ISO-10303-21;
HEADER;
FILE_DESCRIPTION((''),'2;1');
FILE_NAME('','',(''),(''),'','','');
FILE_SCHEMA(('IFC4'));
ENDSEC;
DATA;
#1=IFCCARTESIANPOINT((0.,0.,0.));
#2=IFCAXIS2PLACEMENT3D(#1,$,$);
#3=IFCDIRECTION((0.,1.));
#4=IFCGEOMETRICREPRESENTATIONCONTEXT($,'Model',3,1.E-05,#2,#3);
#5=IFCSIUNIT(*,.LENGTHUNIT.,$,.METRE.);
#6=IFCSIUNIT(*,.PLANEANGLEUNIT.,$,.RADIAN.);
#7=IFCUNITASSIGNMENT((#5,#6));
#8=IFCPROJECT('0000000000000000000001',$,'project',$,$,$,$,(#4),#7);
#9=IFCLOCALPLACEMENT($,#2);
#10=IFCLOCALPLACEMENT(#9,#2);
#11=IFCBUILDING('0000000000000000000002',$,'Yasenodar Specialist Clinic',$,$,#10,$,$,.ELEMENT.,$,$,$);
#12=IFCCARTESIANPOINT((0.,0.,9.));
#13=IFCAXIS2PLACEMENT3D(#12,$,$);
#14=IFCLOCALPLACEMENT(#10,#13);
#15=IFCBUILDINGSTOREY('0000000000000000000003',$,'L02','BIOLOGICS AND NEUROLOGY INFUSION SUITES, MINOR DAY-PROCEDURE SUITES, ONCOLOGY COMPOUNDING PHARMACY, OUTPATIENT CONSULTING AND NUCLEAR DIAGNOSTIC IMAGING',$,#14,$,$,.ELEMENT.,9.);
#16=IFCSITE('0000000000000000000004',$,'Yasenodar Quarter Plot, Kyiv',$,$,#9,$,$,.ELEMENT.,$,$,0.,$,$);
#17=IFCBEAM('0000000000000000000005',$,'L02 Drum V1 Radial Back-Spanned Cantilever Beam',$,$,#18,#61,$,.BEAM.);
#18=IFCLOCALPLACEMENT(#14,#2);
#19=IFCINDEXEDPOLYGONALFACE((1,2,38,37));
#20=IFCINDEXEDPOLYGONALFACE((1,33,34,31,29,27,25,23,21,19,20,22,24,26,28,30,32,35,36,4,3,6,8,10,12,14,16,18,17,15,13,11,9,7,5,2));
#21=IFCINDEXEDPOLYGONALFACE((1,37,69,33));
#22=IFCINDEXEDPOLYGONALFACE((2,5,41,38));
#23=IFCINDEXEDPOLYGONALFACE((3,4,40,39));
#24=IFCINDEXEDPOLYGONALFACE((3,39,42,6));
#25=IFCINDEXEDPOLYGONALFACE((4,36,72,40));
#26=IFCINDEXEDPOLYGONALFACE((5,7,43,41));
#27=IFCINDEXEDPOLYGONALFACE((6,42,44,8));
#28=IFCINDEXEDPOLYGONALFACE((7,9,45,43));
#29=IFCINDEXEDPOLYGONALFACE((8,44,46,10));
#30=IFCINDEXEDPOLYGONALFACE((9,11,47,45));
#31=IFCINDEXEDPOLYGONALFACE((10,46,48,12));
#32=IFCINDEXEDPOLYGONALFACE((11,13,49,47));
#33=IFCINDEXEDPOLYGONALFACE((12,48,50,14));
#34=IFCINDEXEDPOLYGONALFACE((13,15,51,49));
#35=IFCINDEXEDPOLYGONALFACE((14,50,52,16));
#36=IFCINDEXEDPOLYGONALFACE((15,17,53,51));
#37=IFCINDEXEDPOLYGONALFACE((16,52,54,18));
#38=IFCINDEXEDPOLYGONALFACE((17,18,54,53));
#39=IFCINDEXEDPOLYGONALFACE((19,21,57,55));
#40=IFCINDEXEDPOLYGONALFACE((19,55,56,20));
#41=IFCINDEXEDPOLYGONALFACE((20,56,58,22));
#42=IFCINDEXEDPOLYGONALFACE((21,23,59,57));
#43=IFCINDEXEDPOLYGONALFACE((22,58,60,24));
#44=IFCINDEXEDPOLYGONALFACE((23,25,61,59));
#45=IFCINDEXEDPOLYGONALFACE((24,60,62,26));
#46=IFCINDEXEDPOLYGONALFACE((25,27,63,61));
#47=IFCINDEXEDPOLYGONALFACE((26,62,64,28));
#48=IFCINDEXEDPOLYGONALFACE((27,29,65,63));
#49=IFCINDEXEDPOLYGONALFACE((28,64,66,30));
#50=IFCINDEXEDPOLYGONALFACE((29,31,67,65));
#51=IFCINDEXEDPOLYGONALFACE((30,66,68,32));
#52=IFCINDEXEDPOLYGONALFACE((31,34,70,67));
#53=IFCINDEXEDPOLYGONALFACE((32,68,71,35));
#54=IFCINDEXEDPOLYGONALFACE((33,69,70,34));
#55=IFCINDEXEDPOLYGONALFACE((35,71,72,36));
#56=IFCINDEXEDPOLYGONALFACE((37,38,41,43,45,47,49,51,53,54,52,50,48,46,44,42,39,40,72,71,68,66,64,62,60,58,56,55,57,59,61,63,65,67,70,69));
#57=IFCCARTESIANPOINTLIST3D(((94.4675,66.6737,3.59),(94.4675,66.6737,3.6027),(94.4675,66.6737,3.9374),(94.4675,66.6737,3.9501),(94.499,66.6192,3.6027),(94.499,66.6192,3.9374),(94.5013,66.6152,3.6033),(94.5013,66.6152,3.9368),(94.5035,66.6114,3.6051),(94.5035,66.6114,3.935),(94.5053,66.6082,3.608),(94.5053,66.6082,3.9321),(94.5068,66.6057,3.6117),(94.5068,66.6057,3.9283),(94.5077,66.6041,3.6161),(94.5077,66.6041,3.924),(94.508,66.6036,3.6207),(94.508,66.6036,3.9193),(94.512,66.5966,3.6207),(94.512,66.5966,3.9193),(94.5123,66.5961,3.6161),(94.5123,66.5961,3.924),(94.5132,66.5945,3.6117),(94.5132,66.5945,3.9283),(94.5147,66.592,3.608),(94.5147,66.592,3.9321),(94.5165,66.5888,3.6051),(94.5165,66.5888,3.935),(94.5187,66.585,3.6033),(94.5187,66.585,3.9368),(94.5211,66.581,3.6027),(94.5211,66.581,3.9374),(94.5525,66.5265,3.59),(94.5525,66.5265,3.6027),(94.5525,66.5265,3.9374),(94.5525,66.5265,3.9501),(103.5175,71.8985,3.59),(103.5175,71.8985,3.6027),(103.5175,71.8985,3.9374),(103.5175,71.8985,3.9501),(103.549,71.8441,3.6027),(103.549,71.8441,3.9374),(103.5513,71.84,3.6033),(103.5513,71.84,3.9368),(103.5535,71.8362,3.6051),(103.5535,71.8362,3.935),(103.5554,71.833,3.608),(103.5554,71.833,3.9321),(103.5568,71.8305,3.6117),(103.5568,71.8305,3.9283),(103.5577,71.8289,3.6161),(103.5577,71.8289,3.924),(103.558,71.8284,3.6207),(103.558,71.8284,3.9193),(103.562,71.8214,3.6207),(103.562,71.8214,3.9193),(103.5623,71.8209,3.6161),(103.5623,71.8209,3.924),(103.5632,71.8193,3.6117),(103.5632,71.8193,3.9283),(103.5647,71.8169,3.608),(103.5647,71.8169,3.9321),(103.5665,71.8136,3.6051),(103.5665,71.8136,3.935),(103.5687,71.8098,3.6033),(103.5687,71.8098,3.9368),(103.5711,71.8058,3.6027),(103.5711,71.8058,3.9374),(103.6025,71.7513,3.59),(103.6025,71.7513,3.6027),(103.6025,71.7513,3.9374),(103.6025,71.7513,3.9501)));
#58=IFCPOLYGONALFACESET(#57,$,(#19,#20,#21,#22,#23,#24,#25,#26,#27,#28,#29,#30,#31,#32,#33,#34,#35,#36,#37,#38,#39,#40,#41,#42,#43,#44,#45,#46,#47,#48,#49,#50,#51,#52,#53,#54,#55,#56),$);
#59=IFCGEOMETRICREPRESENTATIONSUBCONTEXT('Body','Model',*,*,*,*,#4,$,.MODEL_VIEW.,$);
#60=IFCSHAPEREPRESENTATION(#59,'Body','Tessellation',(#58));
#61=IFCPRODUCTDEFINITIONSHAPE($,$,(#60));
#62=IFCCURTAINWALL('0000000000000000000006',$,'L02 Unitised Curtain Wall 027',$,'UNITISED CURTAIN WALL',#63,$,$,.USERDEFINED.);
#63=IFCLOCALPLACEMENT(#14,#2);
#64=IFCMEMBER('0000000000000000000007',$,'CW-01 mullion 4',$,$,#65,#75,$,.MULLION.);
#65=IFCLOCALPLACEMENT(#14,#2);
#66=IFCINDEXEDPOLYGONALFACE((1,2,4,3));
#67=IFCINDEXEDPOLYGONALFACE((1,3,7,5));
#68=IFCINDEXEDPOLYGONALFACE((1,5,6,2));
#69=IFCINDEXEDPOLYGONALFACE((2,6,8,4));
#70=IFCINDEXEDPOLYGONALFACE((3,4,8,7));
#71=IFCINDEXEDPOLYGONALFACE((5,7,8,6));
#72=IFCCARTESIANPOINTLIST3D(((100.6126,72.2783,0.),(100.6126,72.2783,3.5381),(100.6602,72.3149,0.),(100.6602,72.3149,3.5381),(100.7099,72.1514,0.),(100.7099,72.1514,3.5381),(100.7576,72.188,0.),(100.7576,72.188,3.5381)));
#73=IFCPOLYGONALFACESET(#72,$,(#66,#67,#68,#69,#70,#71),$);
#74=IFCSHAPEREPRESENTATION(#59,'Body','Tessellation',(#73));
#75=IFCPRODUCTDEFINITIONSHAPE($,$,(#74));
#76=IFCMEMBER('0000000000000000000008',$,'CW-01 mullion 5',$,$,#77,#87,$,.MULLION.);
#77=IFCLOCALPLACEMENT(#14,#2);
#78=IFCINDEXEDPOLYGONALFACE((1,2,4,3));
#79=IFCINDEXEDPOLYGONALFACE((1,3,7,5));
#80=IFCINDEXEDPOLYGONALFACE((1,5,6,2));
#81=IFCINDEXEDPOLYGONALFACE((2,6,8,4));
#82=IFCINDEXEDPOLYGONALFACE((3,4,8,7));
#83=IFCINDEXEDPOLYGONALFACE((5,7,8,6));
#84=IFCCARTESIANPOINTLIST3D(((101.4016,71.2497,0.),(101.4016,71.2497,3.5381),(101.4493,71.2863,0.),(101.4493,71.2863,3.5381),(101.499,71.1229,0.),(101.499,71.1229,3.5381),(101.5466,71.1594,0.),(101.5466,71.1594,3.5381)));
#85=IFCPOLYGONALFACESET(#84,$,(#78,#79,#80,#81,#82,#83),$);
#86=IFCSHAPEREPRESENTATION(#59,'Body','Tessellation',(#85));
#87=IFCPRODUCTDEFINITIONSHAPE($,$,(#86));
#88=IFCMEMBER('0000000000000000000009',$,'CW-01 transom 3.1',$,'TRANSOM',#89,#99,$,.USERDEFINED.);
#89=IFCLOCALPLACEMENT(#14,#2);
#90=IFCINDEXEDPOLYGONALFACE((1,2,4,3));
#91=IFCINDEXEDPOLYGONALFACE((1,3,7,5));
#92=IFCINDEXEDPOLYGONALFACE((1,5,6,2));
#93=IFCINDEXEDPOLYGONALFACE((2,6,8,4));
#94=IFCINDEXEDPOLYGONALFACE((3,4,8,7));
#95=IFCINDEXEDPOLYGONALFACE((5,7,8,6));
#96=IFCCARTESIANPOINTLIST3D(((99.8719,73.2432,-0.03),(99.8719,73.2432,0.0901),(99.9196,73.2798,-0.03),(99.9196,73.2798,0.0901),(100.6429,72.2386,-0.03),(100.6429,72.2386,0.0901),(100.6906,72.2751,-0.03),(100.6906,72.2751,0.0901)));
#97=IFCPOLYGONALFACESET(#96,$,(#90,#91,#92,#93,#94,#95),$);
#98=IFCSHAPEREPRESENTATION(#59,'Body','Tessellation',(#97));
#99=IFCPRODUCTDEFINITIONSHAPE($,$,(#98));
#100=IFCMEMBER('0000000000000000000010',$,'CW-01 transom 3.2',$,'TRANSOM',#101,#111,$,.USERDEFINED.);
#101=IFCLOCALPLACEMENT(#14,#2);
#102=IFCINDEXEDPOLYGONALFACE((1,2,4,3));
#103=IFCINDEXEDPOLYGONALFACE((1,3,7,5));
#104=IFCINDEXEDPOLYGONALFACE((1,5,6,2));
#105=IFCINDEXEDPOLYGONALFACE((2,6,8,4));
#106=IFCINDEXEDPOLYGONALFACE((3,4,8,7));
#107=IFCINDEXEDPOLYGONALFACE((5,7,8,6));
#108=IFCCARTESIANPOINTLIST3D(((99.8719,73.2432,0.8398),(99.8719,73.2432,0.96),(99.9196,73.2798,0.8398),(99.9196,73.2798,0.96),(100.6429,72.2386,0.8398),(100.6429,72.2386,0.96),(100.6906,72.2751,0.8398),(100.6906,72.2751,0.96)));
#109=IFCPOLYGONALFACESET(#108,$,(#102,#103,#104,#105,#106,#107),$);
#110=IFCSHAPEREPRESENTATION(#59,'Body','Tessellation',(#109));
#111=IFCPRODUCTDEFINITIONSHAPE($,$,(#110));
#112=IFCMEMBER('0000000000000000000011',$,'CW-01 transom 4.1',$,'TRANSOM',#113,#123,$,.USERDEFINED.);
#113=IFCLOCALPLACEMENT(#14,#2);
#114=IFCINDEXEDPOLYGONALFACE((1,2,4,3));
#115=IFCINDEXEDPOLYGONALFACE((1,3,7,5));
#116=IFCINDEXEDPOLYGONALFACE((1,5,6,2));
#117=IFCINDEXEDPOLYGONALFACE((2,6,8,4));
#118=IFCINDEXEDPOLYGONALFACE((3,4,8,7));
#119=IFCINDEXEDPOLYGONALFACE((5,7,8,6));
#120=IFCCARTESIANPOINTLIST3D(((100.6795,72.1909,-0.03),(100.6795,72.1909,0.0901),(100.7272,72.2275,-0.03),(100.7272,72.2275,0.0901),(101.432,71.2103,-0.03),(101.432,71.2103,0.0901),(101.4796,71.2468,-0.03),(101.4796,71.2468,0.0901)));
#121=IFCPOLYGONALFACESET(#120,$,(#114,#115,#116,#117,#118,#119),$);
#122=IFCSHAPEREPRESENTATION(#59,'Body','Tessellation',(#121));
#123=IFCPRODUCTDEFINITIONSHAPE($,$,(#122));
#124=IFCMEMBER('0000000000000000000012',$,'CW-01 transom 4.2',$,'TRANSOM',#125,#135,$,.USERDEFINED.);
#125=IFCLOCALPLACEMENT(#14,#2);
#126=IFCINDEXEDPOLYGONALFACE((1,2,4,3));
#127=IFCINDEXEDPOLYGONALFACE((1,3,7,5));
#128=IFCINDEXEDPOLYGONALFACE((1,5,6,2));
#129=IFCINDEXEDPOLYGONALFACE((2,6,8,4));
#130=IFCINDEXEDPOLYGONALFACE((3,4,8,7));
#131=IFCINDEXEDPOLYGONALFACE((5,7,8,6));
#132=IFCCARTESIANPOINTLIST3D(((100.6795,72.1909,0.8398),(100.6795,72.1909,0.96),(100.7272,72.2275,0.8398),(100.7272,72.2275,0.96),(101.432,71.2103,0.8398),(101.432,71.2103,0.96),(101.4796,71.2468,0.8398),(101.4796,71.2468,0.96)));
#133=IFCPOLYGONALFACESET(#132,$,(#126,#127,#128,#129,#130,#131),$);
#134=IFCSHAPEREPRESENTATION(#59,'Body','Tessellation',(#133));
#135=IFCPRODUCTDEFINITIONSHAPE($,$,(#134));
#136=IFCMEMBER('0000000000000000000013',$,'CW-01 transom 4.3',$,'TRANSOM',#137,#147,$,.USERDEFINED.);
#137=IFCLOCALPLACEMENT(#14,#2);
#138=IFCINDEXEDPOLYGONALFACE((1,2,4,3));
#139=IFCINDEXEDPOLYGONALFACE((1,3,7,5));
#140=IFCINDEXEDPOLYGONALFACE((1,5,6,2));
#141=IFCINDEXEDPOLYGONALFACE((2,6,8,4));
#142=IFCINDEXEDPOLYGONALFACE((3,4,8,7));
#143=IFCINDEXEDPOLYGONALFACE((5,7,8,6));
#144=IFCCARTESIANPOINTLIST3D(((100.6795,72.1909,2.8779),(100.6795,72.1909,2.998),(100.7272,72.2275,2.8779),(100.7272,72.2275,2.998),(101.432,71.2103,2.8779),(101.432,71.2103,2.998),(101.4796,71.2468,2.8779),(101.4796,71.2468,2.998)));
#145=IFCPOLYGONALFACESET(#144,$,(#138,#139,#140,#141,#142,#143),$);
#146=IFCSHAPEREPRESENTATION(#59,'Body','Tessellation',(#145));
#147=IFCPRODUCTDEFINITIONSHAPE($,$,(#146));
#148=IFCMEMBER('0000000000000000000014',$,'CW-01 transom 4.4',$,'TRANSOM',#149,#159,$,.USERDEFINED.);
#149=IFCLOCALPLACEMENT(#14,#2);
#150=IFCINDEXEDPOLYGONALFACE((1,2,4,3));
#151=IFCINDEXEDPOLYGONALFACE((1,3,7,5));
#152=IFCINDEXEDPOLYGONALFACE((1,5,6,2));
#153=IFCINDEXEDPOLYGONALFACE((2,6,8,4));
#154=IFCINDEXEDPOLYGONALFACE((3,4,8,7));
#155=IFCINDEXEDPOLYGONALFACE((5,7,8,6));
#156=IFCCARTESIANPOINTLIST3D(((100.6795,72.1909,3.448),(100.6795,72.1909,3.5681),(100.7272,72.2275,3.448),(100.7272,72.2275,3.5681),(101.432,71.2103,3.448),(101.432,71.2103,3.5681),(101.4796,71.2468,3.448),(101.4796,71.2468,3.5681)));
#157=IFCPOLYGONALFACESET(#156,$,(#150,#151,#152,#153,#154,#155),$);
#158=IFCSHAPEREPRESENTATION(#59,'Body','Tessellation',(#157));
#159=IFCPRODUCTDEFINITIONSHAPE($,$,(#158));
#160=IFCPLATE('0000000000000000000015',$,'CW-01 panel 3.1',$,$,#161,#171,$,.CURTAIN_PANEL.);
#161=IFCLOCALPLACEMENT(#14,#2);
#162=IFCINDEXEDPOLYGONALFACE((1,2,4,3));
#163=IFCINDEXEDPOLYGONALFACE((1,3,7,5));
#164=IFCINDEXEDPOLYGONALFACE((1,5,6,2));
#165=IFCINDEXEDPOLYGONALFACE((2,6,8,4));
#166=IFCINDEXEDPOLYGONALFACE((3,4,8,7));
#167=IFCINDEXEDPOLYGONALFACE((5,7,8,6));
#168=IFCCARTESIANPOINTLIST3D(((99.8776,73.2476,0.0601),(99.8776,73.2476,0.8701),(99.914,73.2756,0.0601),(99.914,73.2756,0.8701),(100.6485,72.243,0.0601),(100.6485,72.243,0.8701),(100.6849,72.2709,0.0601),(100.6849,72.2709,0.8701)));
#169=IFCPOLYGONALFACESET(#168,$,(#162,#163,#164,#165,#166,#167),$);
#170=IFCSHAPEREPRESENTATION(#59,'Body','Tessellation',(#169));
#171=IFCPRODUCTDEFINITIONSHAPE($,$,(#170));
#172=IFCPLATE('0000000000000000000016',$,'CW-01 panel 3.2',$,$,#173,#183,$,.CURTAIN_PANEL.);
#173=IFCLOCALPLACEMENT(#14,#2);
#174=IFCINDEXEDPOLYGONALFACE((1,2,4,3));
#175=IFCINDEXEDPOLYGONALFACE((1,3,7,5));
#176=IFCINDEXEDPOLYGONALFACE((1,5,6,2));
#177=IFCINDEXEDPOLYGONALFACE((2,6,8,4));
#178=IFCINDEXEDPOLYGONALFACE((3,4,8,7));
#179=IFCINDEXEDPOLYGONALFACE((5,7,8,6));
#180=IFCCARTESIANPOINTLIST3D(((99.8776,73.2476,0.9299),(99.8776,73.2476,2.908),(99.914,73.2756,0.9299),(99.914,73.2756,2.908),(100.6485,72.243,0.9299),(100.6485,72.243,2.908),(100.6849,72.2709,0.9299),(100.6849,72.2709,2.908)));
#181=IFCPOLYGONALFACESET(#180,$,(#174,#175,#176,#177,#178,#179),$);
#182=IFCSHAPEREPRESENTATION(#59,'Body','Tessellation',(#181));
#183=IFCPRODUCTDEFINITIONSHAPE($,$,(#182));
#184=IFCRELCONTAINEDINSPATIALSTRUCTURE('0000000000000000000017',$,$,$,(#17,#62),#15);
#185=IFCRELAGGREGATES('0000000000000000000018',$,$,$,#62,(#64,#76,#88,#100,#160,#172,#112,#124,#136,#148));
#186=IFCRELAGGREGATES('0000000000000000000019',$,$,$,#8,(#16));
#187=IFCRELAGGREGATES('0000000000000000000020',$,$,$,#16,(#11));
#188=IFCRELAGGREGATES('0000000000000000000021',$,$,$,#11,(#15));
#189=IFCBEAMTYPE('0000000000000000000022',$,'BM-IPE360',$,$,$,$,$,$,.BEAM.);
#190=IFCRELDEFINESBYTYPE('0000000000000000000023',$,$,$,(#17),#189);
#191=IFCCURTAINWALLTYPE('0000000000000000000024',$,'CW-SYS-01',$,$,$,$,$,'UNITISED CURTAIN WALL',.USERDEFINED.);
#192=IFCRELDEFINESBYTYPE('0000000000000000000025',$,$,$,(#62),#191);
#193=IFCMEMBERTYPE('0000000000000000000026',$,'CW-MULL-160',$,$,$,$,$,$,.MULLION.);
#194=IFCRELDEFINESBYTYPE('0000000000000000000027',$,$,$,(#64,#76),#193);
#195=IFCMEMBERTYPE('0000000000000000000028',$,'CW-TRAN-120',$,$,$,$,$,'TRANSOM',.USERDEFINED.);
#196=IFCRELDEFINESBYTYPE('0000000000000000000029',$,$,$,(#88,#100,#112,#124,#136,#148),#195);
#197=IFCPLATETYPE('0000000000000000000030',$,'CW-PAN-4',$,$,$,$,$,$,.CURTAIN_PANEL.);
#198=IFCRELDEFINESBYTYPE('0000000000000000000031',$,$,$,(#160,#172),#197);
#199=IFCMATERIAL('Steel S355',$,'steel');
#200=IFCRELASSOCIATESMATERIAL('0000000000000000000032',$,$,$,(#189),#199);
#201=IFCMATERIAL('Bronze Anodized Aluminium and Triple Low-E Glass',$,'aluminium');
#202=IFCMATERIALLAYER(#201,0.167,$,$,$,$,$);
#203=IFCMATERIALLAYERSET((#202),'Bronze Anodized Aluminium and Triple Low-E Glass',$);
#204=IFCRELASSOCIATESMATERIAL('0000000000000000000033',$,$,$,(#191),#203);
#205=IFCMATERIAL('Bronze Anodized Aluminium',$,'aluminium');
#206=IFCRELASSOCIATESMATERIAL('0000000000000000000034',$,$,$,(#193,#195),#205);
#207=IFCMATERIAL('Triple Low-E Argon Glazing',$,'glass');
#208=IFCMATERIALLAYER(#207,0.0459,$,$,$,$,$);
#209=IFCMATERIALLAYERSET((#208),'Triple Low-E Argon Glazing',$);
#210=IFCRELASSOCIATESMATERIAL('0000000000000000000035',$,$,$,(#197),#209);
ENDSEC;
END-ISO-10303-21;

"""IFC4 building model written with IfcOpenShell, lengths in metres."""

from ifc_helpers import new_model, si_unit, direction, frame, origin, origin_2d, place, context, subcontext, project, spatial, rectangle, i_section, extrude, material, layer, layer_set, material_profile, profile_set, type_object, element, aggregate, save


model = new_model("IFC4")

# Units and contexts
model_context = context("Model", 3, precision=1e-05, world=origin(), true_north=direction((0.0, 1.0)))
body_context = subcontext(model_context, "Body", "Model", "MODEL_VIEW")
ifc_project = project(units=[si_unit("LENGTHUNIT", "METRE"), si_unit("PLANEANGLEUNIT", "RADIAN")], contexts=[model_context])

# Site, building, storey
site_placement = place(None, origin())
site = spatial("IfcSite", under=ifc_project, at=site_placement, Name="Yasenodar Quarter Plot, Kyiv", CompositionType="ELEMENT", RefElevation=0.0)
building_placement = place(site_placement, origin())
building = spatial("IfcBuilding", under=site, at=building_placement, Name="Yasenodar Specialist Clinic", CompositionType="ELEMENT")
storey_placement = place(building_placement, frame((0.0, 0.0, 9.0)))
storey = spatial("IfcBuildingStorey", under=building, at=storey_placement, Name="L02", Description="BIOLOGICS AND NEUROLOGY INFUSION SUITES, MINOR DAY-PROCEDURE SUITES, ONCOLOGY COMPOUNDING PHARMACY, OUTPATIENT CONSULTING AND NUCLEAR DIAGNOSTIC IMAGING", CompositionType="ELEMENT", Elevation=9.0)

# Shared definitions
ifc_material_1 = material(Name="Steel S355", Category="steel")

# Beam
ifc_material_profile_1 = material_profile(ifc_material_1, i_section(OverallWidth=0.1699, OverallDepth=0.3601, WebThickness=0.0081, FlangeThickness=0.0127, FilletRadius=0.0181, at=origin_2d()), Name="IPE 360")
ifc_profile_set_1 = profile_set([ifc_material_profile_1], Name="Steel S355")
beam_type_1 = type_object("IfcBeamType", Name="BM-IPE360", PredefinedType="BEAM", material=ifc_profile_set_1)
beam_1_placement = place(storey_placement, frame((94.51, 66.6001, 3.77), z_axis=(0.866033, 0.499986, 0.0), x_axis=(-0.499986, 0.866033, 0.0)))
element("IfcBeam", 1, at=beam_1_placement, inside=storey, type_object=beam_type_1, Name="L02 Drum V1 Radial Back-Spanned Cantilever Beam", PredefinedType="BEAM", context=body_context, shape_type="SweptSolid", body=[
    extrude(i_section(OverallWidth=0.1699, OverallDepth=0.3601, WebThickness=0.0081, FlangeThickness=0.0127, FilletRadius=0.0181, at=origin_2d()), origin(), (0.0, 0.0, 1.0), 10.45),
])

# Curtain wall, members, plates
ifc_material_2 = material(Name="Bronze Anodized Aluminium and Triple Low-E Glass", Category="aluminium")
ifc_layer_1 = layer(ifc_material_2, 0.167)
ifc_layer_set_1 = layer_set([ifc_layer_1], Name="Bronze Anodized Aluminium and Triple Low-E Glass")
curtain_wall_type = type_object("IfcCurtainWallType", Name="CW-SYS-01", ElementType="UNITISED CURTAIN WALL", PredefinedType="USERDEFINED", material=ifc_layer_set_1)
curtain_wall_placement = place(storey_placement, origin())
curtain_wall = element("IfcCurtainWall", 2, at=curtain_wall_placement, inside=storey, type_object=curtain_wall_type, Name="L02 Unitised Curtain Wall 027", ObjectType="UNITISED CURTAIN WALL", PredefinedType="USERDEFINED")
ifc_material_3 = material(Name="Bronze Anodized Aluminium", Category="aluminium")
ifc_material_profile_2 = material_profile(ifc_material_3, rectangle(XDim=0.0601, YDim=0.1599, at=origin_2d()), Name="CW-MULL 60x160")
ifc_profile_set_2 = profile_set([ifc_material_profile_2], Name="Bronze Anodized Aluminium")
member_type_1 = type_object("IfcMemberType", Name="CW-MULL-160", PredefinedType="MULLION", material=ifc_profile_set_2)
member_1_placement = place(storey_placement, frame((100.6851, 72.2332, 0.0), z_axis=(0.0, 0.0, 1.0), x_axis=(0.793361, 0.608752, 0.0)))
member_1 = element("IfcMember", 3, at=member_1_placement, type_object=member_type_1, Name="CW-01 mullion 4", PredefinedType="MULLION", context=body_context, shape_type="SweptSolid", body=[
    extrude(rectangle(XDim=0.0601, YDim=0.1599, at=origin_2d()), origin(), (0.0, 0.0, 1.0), 3.5381),
])
member_2_placement = place(storey_placement, frame((101.4741, 71.2046, 0.0), z_axis=(0.0, 0.0, 1.0), x_axis=(0.793361, 0.608752, 0.0)))
member_2 = element("IfcMember", 4, at=member_2_placement, type_object=member_type_1, Name="CW-01 mullion 5", PredefinedType="MULLION", context=body_context, shape_type="SweptSolid", body=[
    extrude(rectangle(XDim=0.0601, YDim=0.1599, at=origin_2d()), origin(), (0.0, 0.0, 1.0), 3.5381),
])
ifc_material_profile_3 = material_profile(ifc_material_3, rectangle(XDim=0.0601, YDim=0.1201, at=origin_2d()), Name="CW-TRAN 60x120")
ifc_profile_set_3 = profile_set([ifc_material_profile_3], Name="Bronze Anodized Aluminium")
member_type_2 = type_object("IfcMemberType", Name="CW-TRAN-120", ElementType="TRANSOM", PredefinedType="USERDEFINED", material=ifc_profile_set_3)
member_3_placement = place(storey_placement, frame((99.8958, 73.2615, 0.03), z_axis=(0.608816, -0.793311, 0.0), x_axis=(0.793311, 0.608816, 0.0)))
member_3 = element("IfcMember", 5, at=member_3_placement, type_object=member_type_2, Name="CW-01 transom 3.1", ObjectType="TRANSOM", PredefinedType="USERDEFINED", context=body_context, shape_type="SweptSolid", body=[
    extrude(rectangle(XDim=0.0601, YDim=0.1201, at=origin_2d()), origin(), (0.0, 0.0, 1.0), 1.2664),
])
member_4_placement = place(storey_placement, frame((99.8958, 73.2615, 0.8999), z_axis=(0.608816, -0.793311, 0.0), x_axis=(0.793311, 0.608816, 0.0)))
member_4 = element("IfcMember", 6, at=member_4_placement, type_object=member_type_2, Name="CW-01 transom 3.2", ObjectType="TRANSOM", PredefinedType="USERDEFINED", context=body_context, shape_type="SweptSolid", body=[
    extrude(rectangle(XDim=0.0601, YDim=0.1201, at=origin_2d()), origin(), (0.0, 0.0, 1.0), 1.2664),
])
member_5_placement = place(storey_placement, frame((100.7034, 72.2092, 0.03), z_axis=(0.608718, -0.793387, 0.0), x_axis=(0.793387, 0.608718, 0.0)))
member_5 = element("IfcMember", 7, at=member_5_placement, type_object=member_type_2, Name="CW-01 transom 4.1", ObjectType="TRANSOM", PredefinedType="USERDEFINED", context=body_context, shape_type="SweptSolid", body=[
    extrude(rectangle(XDim=0.0601, YDim=0.1201, at=origin_2d()), origin(), (0.0, 0.0, 1.0), 1.2361),
])
member_6_placement = place(storey_placement, frame((100.7034, 72.2092, 0.8999), z_axis=(0.608718, -0.793387, 0.0), x_axis=(0.793387, 0.608718, 0.0)))
member_6 = element("IfcMember", 8, at=member_6_placement, type_object=member_type_2, Name="CW-01 transom 4.2", ObjectType="TRANSOM", PredefinedType="USERDEFINED", context=body_context, shape_type="SweptSolid", body=[
    extrude(rectangle(XDim=0.0601, YDim=0.1201, at=origin_2d()), origin(), (0.0, 0.0, 1.0), 1.2361),
])
member_7_placement = place(storey_placement, frame((100.7034, 72.2092, 2.938), z_axis=(0.608718, -0.793387, 0.0), x_axis=(0.793387, 0.608718, 0.0)))
member_7 = element("IfcMember", 9, at=member_7_placement, type_object=member_type_2, Name="CW-01 transom 4.3", ObjectType="TRANSOM", PredefinedType="USERDEFINED", context=body_context, shape_type="SweptSolid", body=[
    extrude(rectangle(XDim=0.0601, YDim=0.1201, at=origin_2d()), origin(), (0.0, 0.0, 1.0), 1.2361),
])
member_8_placement = place(storey_placement, frame((100.7034, 72.2092, 3.5081), z_axis=(0.608718, -0.793387, 0.0), x_axis=(0.793387, 0.608718, 0.0)))
member_8 = element("IfcMember", 10, at=member_8_placement, type_object=member_type_2, Name="CW-01 transom 4.4", ObjectType="TRANSOM", PredefinedType="USERDEFINED", context=body_context, shape_type="SweptSolid", body=[
    extrude(rectangle(XDim=0.0601, YDim=0.1201, at=origin_2d()), origin(), (0.0, 0.0, 1.0), 1.2361),
])
ifc_material_4 = material(Name="Triple Low-E Argon Glazing", Category="glass")
ifc_layer_2 = layer(ifc_material_4, 0.0459)
ifc_layer_set_2 = layer_set([ifc_layer_2], Name="Triple Low-E Argon Glazing")
plate_type = type_object("IfcPlateType", Name="CW-PAN-4", PredefinedType="CURTAIN_PANEL", material=ifc_layer_set_2)
plate_1_placement = place(storey_placement, frame((100.2812, 72.7593, 0.0601), z_axis=(0.0, 0.0, 1.0), x_axis=(0.608752, -0.793361, 0.0)))
plate_1 = element("IfcPlate", 11, at=plate_1_placement, type_object=plate_type, Name="CW-01 panel 3.1", PredefinedType="CURTAIN_PANEL", context=body_context, shape_type="SweptSolid", body=[
    extrude(rectangle(XDim=1.2664, YDim=0.0459, at=origin_2d()), origin(), (0.0, 0.0, 1.0), 0.8101),
])
plate_2_placement = place(storey_placement, frame((100.2812, 72.7593, 0.9299), z_axis=(0.0, 0.0, 1.0), x_axis=(0.608752, -0.793361, 0.0)))
plate_2 = element("IfcPlate", 12, at=plate_2_placement, type_object=plate_type, Name="CW-01 panel 3.2", PredefinedType="CURTAIN_PANEL", context=body_context, shape_type="SweptSolid", body=[
    extrude(rectangle(XDim=1.2664, YDim=0.0459, at=origin_2d()), origin(), (0.0, 0.0, 1.0), 1.978),
])
aggregate(curtain_wall, [member_1, member_2, member_3, member_4, plate_1, plate_2, member_5, member_6, member_7, member_8])

save(model, "model.ifc")
